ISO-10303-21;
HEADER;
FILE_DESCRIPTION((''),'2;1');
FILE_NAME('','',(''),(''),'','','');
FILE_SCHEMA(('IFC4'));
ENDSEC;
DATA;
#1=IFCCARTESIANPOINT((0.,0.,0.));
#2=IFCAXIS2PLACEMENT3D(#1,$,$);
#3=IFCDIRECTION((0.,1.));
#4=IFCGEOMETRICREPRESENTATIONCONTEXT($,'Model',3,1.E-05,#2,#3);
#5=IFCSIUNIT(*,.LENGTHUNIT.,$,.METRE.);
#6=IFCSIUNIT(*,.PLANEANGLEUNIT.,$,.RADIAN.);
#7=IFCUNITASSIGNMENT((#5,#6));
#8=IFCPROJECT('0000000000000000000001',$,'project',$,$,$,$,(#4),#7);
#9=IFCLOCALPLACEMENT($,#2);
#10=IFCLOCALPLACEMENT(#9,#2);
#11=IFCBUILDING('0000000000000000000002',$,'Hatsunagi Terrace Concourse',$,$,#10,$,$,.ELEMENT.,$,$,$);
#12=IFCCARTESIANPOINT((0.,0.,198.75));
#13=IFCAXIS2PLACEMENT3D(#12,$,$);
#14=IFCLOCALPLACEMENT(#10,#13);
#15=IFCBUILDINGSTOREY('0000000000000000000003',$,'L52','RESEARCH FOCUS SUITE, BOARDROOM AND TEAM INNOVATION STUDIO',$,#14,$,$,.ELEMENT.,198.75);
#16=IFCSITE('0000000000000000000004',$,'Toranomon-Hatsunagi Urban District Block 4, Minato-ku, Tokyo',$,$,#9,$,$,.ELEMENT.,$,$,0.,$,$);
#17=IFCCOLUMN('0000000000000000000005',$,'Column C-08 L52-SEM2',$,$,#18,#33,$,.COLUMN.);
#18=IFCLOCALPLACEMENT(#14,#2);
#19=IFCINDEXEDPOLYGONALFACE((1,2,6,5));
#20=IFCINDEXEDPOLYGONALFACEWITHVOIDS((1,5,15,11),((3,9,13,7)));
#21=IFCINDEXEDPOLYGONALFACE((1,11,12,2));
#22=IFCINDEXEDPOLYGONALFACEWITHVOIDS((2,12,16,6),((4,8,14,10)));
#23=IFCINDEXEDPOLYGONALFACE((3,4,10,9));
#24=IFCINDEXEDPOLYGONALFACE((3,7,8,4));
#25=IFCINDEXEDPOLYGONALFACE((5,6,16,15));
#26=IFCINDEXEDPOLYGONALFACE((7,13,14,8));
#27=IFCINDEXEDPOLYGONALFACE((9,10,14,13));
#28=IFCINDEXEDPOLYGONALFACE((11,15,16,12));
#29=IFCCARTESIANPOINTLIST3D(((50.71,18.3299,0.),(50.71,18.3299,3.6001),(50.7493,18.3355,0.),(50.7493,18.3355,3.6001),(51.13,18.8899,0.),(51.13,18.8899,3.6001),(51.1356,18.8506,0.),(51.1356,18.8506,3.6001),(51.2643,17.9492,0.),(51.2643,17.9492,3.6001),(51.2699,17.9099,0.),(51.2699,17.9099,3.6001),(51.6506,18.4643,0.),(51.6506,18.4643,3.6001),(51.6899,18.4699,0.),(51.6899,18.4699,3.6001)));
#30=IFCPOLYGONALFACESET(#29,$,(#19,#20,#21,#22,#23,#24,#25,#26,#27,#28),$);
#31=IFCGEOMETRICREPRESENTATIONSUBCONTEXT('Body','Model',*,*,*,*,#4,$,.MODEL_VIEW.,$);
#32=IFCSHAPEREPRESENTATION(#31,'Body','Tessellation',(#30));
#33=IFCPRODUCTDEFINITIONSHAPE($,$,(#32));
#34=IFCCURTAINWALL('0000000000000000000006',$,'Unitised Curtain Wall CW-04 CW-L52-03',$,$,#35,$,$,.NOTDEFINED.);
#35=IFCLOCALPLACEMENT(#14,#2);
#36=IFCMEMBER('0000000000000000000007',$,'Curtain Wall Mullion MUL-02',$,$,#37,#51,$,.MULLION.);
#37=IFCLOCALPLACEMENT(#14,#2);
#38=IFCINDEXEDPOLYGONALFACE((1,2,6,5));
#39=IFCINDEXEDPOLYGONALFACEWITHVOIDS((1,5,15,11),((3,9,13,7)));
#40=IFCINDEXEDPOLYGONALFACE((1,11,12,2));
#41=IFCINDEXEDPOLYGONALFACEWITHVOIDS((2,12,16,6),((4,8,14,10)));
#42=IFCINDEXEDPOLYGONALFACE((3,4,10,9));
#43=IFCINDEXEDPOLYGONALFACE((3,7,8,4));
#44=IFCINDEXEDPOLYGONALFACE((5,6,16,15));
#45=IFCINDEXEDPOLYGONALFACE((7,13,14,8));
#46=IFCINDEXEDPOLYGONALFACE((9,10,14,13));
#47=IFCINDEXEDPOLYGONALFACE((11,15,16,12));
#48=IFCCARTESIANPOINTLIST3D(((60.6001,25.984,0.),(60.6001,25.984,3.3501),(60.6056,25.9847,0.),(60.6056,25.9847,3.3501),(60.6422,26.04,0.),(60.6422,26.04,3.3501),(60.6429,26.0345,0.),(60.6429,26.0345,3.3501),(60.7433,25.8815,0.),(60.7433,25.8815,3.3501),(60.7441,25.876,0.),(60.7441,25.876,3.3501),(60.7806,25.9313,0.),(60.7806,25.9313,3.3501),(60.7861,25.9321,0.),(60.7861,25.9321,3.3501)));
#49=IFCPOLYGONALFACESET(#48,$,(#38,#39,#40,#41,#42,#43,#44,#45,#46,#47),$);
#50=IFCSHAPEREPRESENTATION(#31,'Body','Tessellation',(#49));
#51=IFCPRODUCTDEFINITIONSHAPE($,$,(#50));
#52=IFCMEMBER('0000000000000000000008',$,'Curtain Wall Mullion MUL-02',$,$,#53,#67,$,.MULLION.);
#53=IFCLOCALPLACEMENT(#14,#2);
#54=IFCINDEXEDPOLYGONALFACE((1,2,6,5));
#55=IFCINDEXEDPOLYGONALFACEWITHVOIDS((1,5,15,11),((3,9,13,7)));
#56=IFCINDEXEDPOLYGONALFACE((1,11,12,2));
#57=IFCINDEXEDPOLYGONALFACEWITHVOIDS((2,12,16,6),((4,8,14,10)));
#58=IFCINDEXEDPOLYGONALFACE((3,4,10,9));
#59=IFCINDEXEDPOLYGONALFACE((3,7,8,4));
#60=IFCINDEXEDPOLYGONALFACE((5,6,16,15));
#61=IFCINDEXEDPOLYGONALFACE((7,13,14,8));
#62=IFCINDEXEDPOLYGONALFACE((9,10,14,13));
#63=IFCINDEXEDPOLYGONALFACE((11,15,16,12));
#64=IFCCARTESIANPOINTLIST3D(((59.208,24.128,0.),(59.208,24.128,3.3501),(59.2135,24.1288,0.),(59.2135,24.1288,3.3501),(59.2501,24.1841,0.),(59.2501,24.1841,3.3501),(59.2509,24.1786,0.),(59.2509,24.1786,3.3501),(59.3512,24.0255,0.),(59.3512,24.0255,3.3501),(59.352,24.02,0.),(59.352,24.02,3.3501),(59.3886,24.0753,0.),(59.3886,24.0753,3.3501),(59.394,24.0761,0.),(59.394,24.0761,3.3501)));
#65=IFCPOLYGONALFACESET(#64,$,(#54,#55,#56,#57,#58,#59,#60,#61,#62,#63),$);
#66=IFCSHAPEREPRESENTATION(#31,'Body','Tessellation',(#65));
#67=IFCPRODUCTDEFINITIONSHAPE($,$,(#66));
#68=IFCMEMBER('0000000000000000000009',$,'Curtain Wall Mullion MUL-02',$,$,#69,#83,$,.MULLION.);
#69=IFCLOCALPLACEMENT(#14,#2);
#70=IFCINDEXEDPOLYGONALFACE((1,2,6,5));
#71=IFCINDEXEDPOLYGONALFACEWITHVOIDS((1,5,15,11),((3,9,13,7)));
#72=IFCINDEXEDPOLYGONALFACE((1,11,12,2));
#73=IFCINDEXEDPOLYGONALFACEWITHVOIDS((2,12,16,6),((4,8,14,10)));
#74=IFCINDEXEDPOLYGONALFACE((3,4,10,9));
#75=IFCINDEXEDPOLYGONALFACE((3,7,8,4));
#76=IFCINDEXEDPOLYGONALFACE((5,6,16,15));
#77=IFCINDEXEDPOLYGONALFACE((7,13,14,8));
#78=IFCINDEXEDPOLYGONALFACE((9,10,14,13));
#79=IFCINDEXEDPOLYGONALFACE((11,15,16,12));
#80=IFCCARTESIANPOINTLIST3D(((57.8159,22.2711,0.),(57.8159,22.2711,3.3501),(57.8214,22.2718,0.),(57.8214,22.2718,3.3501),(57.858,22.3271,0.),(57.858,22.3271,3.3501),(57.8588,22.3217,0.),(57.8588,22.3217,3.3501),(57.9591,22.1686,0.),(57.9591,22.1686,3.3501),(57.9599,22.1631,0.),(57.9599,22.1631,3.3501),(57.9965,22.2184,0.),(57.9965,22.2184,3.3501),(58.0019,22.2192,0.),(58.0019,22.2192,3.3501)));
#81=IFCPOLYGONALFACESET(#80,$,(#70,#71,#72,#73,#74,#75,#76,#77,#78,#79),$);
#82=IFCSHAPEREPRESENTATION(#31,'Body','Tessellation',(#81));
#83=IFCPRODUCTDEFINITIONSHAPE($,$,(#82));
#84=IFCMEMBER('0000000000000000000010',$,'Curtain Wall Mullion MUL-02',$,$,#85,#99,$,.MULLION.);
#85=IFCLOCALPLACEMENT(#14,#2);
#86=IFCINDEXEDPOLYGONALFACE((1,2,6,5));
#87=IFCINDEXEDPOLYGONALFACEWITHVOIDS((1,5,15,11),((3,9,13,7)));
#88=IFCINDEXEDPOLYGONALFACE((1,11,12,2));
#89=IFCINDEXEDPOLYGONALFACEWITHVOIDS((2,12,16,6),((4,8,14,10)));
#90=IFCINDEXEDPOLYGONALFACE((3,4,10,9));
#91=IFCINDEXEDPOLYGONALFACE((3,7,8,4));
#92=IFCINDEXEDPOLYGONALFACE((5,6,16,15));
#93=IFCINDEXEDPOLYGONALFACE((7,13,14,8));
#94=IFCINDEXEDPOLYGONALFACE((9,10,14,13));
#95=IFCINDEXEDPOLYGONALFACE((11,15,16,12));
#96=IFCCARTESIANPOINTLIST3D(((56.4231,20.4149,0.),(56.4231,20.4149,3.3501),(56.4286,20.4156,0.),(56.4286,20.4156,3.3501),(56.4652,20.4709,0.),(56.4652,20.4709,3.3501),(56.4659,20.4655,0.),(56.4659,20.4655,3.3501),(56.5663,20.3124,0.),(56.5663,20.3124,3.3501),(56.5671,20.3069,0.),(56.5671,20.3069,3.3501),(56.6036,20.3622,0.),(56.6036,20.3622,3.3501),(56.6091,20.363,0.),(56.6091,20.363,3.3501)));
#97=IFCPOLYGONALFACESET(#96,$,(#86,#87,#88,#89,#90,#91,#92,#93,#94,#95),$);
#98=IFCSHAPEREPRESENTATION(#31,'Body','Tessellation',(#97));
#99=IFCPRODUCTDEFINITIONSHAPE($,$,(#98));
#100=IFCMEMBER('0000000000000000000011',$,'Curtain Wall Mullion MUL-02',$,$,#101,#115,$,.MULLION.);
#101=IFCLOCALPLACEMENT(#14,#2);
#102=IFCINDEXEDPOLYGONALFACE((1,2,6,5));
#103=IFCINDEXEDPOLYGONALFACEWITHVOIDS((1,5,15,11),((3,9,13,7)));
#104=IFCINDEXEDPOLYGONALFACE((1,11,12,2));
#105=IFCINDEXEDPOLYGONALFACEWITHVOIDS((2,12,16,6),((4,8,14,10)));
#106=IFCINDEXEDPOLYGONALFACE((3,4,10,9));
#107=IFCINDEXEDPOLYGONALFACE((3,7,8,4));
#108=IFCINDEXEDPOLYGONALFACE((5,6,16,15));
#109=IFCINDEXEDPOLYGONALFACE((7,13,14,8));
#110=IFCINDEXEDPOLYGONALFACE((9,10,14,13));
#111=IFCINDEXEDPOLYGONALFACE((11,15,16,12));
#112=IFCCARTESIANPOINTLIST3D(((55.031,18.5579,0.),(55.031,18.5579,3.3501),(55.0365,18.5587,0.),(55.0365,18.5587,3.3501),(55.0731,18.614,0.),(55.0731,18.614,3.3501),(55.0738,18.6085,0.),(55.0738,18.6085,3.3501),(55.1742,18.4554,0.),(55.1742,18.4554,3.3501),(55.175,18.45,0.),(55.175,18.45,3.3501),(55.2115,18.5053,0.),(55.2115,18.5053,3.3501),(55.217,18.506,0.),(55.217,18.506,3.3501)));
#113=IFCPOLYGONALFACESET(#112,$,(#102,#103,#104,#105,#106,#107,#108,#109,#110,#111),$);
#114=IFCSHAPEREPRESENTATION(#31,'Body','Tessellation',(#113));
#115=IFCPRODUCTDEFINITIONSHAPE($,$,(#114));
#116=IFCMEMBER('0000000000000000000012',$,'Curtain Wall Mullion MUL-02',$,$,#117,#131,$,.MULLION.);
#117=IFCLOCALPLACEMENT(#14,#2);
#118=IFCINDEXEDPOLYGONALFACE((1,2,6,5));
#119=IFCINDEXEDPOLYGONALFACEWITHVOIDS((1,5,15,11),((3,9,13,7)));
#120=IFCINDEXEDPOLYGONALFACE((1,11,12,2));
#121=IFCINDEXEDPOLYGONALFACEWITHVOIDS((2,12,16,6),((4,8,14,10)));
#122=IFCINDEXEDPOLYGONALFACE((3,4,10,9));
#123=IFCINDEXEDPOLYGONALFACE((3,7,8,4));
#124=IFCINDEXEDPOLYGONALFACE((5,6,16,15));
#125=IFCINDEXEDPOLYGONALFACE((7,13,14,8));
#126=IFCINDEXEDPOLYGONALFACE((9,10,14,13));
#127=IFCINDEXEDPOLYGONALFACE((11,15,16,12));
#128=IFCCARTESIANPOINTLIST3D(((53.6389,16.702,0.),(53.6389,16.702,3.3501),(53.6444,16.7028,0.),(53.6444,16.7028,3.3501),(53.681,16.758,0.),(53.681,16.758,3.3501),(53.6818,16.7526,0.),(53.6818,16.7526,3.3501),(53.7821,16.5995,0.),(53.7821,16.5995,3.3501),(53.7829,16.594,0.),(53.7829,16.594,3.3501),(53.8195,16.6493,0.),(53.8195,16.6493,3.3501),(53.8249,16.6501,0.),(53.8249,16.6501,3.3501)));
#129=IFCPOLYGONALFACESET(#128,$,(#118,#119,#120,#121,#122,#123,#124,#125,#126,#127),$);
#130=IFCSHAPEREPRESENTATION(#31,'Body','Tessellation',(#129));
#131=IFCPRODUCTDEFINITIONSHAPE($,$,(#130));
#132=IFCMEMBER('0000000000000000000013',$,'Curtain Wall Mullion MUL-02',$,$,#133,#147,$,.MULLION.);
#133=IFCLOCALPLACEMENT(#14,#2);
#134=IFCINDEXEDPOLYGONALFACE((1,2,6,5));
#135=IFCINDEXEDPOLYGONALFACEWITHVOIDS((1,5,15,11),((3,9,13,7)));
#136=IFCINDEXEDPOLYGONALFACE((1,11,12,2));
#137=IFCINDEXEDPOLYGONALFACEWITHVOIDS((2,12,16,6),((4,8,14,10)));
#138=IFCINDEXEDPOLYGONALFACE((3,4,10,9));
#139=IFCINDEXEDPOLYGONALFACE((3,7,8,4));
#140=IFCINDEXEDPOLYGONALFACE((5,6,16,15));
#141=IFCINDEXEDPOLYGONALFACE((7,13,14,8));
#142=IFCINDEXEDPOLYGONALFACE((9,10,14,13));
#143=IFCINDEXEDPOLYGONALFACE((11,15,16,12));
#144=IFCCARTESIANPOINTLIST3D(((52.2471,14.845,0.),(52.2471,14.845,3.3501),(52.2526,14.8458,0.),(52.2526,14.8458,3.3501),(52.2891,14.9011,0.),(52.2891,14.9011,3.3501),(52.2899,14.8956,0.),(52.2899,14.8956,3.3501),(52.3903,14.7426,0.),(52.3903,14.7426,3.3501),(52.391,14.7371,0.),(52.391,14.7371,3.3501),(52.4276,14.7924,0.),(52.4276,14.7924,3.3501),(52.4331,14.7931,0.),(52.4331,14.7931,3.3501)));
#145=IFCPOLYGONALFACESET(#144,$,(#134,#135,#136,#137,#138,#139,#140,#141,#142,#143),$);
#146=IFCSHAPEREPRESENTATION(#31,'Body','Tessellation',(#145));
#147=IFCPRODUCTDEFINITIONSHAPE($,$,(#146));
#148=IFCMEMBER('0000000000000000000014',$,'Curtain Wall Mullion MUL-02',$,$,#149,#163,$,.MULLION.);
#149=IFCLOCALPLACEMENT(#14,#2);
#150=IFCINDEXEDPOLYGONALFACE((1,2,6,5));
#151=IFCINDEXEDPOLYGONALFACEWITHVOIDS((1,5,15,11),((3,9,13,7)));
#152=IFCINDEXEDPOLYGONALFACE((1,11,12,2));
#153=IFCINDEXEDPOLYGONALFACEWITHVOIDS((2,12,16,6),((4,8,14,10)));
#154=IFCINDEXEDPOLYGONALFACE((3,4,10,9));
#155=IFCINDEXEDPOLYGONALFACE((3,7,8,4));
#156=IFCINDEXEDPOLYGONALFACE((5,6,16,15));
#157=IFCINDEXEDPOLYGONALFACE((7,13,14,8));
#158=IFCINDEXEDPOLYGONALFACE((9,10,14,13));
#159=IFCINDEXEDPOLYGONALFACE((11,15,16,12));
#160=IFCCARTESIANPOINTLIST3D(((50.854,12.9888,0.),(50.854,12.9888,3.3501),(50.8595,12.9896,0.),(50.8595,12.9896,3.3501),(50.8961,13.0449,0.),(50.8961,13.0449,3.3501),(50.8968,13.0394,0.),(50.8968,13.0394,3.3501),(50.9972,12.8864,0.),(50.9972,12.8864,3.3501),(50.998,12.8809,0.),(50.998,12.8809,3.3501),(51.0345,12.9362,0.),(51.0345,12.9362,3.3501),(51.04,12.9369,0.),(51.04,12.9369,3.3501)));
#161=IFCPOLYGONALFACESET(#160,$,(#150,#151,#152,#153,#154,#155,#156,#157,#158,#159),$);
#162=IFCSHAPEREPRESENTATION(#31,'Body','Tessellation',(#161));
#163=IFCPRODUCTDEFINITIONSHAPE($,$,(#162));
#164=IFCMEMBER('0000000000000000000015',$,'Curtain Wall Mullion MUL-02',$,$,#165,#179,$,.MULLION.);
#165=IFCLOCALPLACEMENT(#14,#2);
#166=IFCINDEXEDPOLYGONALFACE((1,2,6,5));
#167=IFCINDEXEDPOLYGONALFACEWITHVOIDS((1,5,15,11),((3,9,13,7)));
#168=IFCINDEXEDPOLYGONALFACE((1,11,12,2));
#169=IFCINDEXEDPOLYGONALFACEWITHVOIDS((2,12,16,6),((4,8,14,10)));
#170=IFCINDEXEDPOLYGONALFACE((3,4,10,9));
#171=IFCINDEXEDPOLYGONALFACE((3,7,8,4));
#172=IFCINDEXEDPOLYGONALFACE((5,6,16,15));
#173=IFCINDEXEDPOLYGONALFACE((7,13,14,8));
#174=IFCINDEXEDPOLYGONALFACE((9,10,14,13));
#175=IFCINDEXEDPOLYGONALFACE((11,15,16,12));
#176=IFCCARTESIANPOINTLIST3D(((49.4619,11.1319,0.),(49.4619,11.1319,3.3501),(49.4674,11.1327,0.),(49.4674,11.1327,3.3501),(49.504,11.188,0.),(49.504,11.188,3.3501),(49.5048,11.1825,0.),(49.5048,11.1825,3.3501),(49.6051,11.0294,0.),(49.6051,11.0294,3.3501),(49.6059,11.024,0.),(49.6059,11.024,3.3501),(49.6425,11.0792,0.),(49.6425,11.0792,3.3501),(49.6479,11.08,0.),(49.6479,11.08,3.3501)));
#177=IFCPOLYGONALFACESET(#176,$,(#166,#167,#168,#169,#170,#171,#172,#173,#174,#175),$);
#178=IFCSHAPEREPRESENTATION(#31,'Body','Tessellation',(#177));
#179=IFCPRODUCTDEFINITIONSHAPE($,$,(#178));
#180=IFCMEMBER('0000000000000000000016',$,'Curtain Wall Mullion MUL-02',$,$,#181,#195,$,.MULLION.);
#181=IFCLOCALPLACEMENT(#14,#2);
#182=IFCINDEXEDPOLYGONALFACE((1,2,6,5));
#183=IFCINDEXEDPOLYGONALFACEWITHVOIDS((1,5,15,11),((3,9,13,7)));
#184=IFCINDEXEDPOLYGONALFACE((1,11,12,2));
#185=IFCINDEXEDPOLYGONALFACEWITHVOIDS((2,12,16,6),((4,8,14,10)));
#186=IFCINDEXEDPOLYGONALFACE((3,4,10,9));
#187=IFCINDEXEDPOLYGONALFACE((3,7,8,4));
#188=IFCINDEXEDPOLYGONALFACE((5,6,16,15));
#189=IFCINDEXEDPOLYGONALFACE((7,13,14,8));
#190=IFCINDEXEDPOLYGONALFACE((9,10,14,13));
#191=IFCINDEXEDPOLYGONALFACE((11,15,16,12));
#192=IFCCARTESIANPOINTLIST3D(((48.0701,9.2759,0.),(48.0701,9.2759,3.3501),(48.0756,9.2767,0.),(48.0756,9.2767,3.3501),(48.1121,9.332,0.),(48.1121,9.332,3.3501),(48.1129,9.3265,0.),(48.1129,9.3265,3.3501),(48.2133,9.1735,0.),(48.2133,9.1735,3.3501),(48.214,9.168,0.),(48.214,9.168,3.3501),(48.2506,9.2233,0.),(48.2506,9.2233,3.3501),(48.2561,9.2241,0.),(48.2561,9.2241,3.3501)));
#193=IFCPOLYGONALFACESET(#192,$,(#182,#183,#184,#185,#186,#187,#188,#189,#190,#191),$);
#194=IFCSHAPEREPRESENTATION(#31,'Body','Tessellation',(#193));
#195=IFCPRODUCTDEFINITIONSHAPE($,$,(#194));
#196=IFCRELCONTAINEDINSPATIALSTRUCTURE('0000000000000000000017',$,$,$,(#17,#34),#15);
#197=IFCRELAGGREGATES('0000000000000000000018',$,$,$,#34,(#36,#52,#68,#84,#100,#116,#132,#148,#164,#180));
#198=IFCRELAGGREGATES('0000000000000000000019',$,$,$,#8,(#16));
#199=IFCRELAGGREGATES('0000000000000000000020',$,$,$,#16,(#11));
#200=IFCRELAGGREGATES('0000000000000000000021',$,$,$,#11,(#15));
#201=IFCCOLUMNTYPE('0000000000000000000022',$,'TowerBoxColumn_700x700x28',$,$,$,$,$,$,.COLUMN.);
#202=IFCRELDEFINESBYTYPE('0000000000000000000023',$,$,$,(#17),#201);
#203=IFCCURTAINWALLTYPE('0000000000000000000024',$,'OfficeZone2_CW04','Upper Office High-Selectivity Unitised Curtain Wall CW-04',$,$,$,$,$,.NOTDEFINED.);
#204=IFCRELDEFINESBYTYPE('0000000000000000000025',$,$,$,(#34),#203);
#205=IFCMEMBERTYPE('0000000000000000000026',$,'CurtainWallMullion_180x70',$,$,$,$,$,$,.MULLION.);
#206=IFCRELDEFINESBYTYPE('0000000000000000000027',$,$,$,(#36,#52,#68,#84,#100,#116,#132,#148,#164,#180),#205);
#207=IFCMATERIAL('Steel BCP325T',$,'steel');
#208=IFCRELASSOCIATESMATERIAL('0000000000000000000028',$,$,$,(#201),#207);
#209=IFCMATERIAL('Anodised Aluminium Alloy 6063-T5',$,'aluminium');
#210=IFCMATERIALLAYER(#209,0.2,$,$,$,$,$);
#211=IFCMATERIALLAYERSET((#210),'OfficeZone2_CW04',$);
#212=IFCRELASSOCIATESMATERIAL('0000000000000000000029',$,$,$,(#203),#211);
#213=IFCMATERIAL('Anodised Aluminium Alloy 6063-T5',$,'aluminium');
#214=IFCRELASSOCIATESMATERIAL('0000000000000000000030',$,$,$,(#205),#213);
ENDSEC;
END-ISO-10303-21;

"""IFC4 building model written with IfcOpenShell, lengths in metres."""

from ifc_helpers import new_model, si_unit, direction, frame, origin, origin_2d, place, context, subcontext, project, spatial, hollow_rectangle, extrude, material, layer, layer_set, material_profile, profile_set, type_object, element, aggregate, save


model = new_model("IFC4")

# Units and contexts
model_context = context("Model", 3, precision=1e-05, world=origin(), true_north=direction((0.0, 1.0)))
body_context = subcontext(model_context, "Body", "Model", "MODEL_VIEW")
ifc_project = project(units=[si_unit("LENGTHUNIT", "METRE"), si_unit("PLANEANGLEUNIT", "RADIAN")], contexts=[model_context])

# Site, building, storey
site_placement = place(None, origin())
site = spatial("IfcSite", under=ifc_project, at=site_placement, Name="Toranomon-Hatsunagi Urban District Block 4, Minato-ku, Tokyo", CompositionType="ELEMENT", RefElevation=0.0)
building_placement = place(site_placement, origin())
building = spatial("IfcBuilding", under=site, at=building_placement, Name="Hatsunagi Terrace Concourse", CompositionType="ELEMENT")
storey_placement = place(building_placement, frame((0.0, 0.0, 198.75)))
storey = spatial("IfcBuildingStorey", under=building, at=storey_placement, Name="L52", Description="RESEARCH FOCUS SUITE, BOARDROOM AND TEAM INNOVATION STUDIO", CompositionType="ELEMENT", Elevation=198.75)

# Column
ifc_material_1 = material(Name="Steel BCP325T", Category="steel")
ifc_material_profile_1 = material_profile(ifc_material_1, hollow_rectangle(XDim=0.7, YDim=0.7, WallThickness=0.0281, at=origin_2d()), Name="BCP-700x700x28")
ifc_profile_set_1 = profile_set([ifc_material_profile_1], Name="Steel BCP325T")
column_type = type_object("IfcColumnType", Name="TowerBoxColumn_700x700x28", PredefinedType="COLUMN", material=ifc_profile_set_1)
column_placement = place(storey_placement, frame((51.2, 18.3999, 0.0), z_axis=(0.0, 0.0, 1.0), x_axis=(0.8, -0.6, 0.0)))
element("IfcColumn", 1, at=column_placement, inside=storey, type_object=column_type, Name="Column C-08 L52-SEM2", PredefinedType="COLUMN", context=body_context, shape_type="SweptSolid", body=[
    extrude(hollow_rectangle(XDim=0.7, YDim=0.7, WallThickness=0.0281, at=origin_2d()), origin(), (0.0, 0.0, 1.0), 3.6001),
])

# Curtain wall, members
ifc_material_2 = material(Name="Anodised Aluminium Alloy 6063-T5", Category="aluminium")
ifc_layer_1 = layer(ifc_material_2, 0.2)
ifc_layer_set_1 = layer_set([ifc_layer_1], Name="OfficeZone2_CW04")
curtain_wall_type = type_object("IfcCurtainWallType", Name="OfficeZone2_CW04", Description="Upper Office High-Selectivity Unitised Curtain Wall CW-04", PredefinedType="NOTDEFINED", material=ifc_layer_set_1)
curtain_wall_placement = place(storey_placement, origin())
curtain_wall = element("IfcCurtainWall", 2, at=curtain_wall_placement, inside=storey, type_object=curtain_wall_type, Name="Unitised Curtain Wall CW-04 CW-L52-03", PredefinedType="NOTDEFINED")
ifc_material_3 = material(Name="Anodised Aluminium Alloy 6063-T5", Category="aluminium")
ifc_material_profile_2 = material_profile(ifc_material_3, hollow_rectangle(XDim=0.0701, YDim=0.1799, WallThickness=0.0039, at=origin_2d()), Name="ALU-MUL-180x70x4")
ifc_profile_set_2 = profile_set([ifc_material_profile_2], Name="Anodised Aluminium Alloy 6063-T5")
member_type_1 = type_object("IfcMemberType", Name="CurtainWallMullion_180x70", PredefinedType="MULLION", material=ifc_profile_set_2)
member_1_placement = place(storey_placement, frame((60.6931, 25.958, 0.0), z_axis=(0.0, 0.0, 1.0), x_axis=(-0.599969, -0.800023, 0.0)))
member_1 = element("IfcMember", 3, at=member_1_placement, type_object=member_type_1, Name="Curtain Wall Mullion MUL-02", PredefinedType="MULLION", context=body_context, shape_type="SweptSolid", body=[
    extrude(hollow_rectangle(XDim=0.0701, YDim=0.1799, WallThickness=0.0039, at=origin_2d()), origin(), (0.0, 0.0, 1.0), 3.3501),
])
member_2_placement = place(storey_placement, frame((59.301, 24.1021, 0.0), z_axis=(0.0, 0.0, 1.0), x_axis=(-0.599969, -0.800023, 0.0)))
member_2 = element("IfcMember", 4, at=member_2_placement, type_object=member_type_1, Name="Curtain Wall Mullion MUL-02", PredefinedType="MULLION", context=body_context, shape_type="SweptSolid", body=[
    extrude(hollow_rectangle(XDim=0.0701, YDim=0.1799, WallThickness=0.0039, at=origin_2d()), origin(), (0.0, 0.0, 1.0), 3.3501),
])
member_3_placement = place(storey_placement, frame((57.9089, 22.2451, 0.0), z_axis=(0.0, 0.0, 1.0), x_axis=(-0.599969, -0.800023, 0.0)))
member_3 = element("IfcMember", 5, at=member_3_placement, type_object=member_type_1, Name="Curtain Wall Mullion MUL-02", PredefinedType="MULLION", context=body_context, shape_type="SweptSolid", body=[
    extrude(hollow_rectangle(XDim=0.0701, YDim=0.1799, WallThickness=0.0039, at=origin_2d()), origin(), (0.0, 0.0, 1.0), 3.3501),
])
member_4_placement = place(storey_placement, frame((56.5161, 20.3889, 0.0), z_axis=(0.0, 0.0, 1.0), x_axis=(-0.599969, -0.800023, 0.0)))
member_4 = element("IfcMember", 6, at=member_4_placement, type_object=member_type_1, Name="Curtain Wall Mullion MUL-02", PredefinedType="MULLION", context=body_context, shape_type="SweptSolid", body=[
    extrude(hollow_rectangle(XDim=0.0701, YDim=0.1799, WallThickness=0.0039, at=origin_2d()), origin(), (0.0, 0.0, 1.0), 3.3501),
])
member_5_placement = place(storey_placement, frame((55.124, 18.532, 0.0), z_axis=(0.0, 0.0, 1.0), x_axis=(-0.599969, -0.800023, 0.0)))
member_5 = element("IfcMember", 7, at=member_5_placement, type_object=member_type_1, Name="Curtain Wall Mullion MUL-02", PredefinedType="MULLION", context=body_context, shape_type="SweptSolid", body=[
    extrude(hollow_rectangle(XDim=0.0701, YDim=0.1799, WallThickness=0.0039, at=origin_2d()), origin(), (0.0, 0.0, 1.0), 3.3501),
])
member_6_placement = place(storey_placement, frame((53.7319, 16.676, 0.0), z_axis=(0.0, 0.0, 1.0), x_axis=(-0.599969, -0.800023, 0.0)))
member_6 = element("IfcMember", 8, at=member_6_placement, type_object=member_type_1, Name="Curtain Wall Mullion MUL-02", PredefinedType="MULLION", context=body_context, shape_type="SweptSolid", body=[
    extrude(hollow_rectangle(XDim=0.0701, YDim=0.1799, WallThickness=0.0039, at=origin_2d()), origin(), (0.0, 0.0, 1.0), 3.3501),
])
member_7_placement = place(storey_placement, frame((52.3401, 14.8191, 0.0), z_axis=(0.0, 0.0, 1.0), x_axis=(-0.599969, -0.800023, 0.0)))
member_7 = element("IfcMember", 9, at=member_7_placement, type_object=member_type_1, Name="Curtain Wall Mullion MUL-02", PredefinedType="MULLION", context=body_context, shape_type="SweptSolid", body=[
    extrude(hollow_rectangle(XDim=0.0701, YDim=0.1799, WallThickness=0.0039, at=origin_2d()), origin(), (0.0, 0.0, 1.0), 3.3501),
])
member_8_placement = place(storey_placement, frame((50.947, 12.9629, 0.0), z_axis=(0.0, 0.0, 1.0), x_axis=(-0.599969, -0.800023, 0.0)))
member_8 = element("IfcMember", 10, at=member_8_placement, type_object=member_type_1, Name="Curtain Wall Mullion MUL-02", PredefinedType="MULLION", context=body_context, shape_type="SweptSolid", body=[
    extrude(hollow_rectangle(XDim=0.0701, YDim=0.1799, WallThickness=0.0039, at=origin_2d()), origin(), (0.0, 0.0, 1.0), 3.3501),
])
member_9_placement = place(storey_placement, frame((49.5549, 11.106, 0.0), z_axis=(0.0, 0.0, 1.0), x_axis=(-0.599969, -0.800023, 0.0)))
member_9 = element("IfcMember", 11, at=member_9_placement, type_object=member_type_1, Name="Curtain Wall Mullion MUL-02", PredefinedType="MULLION", context=body_context, shape_type="SweptSolid", body=[
    extrude(hollow_rectangle(XDim=0.0701, YDim=0.1799, WallThickness=0.0039, at=origin_2d()), origin(), (0.0, 0.0, 1.0), 3.3501),
])
member_10_placement = place(storey_placement, frame((48.1631, 9.25, 0.0), z_axis=(0.0, 0.0, 1.0), x_axis=(-0.599969, -0.800023, 0.0)))
member_10 = element("IfcMember", 12, at=member_10_placement, type_object=member_type_1, Name="Curtain Wall Mullion MUL-02", PredefinedType="MULLION", context=body_context, shape_type="SweptSolid", body=[
    extrude(hollow_rectangle(XDim=0.0701, YDim=0.1799, WallThickness=0.0039, at=origin_2d()), origin(), (0.0, 0.0, 1.0), 3.3501),
])

aggregate(curtain_wall, [member_1, member_2, member_3, member_4, member_5, member_6, member_7, member_8, member_9, member_10])

save(model, "model.ifc")
